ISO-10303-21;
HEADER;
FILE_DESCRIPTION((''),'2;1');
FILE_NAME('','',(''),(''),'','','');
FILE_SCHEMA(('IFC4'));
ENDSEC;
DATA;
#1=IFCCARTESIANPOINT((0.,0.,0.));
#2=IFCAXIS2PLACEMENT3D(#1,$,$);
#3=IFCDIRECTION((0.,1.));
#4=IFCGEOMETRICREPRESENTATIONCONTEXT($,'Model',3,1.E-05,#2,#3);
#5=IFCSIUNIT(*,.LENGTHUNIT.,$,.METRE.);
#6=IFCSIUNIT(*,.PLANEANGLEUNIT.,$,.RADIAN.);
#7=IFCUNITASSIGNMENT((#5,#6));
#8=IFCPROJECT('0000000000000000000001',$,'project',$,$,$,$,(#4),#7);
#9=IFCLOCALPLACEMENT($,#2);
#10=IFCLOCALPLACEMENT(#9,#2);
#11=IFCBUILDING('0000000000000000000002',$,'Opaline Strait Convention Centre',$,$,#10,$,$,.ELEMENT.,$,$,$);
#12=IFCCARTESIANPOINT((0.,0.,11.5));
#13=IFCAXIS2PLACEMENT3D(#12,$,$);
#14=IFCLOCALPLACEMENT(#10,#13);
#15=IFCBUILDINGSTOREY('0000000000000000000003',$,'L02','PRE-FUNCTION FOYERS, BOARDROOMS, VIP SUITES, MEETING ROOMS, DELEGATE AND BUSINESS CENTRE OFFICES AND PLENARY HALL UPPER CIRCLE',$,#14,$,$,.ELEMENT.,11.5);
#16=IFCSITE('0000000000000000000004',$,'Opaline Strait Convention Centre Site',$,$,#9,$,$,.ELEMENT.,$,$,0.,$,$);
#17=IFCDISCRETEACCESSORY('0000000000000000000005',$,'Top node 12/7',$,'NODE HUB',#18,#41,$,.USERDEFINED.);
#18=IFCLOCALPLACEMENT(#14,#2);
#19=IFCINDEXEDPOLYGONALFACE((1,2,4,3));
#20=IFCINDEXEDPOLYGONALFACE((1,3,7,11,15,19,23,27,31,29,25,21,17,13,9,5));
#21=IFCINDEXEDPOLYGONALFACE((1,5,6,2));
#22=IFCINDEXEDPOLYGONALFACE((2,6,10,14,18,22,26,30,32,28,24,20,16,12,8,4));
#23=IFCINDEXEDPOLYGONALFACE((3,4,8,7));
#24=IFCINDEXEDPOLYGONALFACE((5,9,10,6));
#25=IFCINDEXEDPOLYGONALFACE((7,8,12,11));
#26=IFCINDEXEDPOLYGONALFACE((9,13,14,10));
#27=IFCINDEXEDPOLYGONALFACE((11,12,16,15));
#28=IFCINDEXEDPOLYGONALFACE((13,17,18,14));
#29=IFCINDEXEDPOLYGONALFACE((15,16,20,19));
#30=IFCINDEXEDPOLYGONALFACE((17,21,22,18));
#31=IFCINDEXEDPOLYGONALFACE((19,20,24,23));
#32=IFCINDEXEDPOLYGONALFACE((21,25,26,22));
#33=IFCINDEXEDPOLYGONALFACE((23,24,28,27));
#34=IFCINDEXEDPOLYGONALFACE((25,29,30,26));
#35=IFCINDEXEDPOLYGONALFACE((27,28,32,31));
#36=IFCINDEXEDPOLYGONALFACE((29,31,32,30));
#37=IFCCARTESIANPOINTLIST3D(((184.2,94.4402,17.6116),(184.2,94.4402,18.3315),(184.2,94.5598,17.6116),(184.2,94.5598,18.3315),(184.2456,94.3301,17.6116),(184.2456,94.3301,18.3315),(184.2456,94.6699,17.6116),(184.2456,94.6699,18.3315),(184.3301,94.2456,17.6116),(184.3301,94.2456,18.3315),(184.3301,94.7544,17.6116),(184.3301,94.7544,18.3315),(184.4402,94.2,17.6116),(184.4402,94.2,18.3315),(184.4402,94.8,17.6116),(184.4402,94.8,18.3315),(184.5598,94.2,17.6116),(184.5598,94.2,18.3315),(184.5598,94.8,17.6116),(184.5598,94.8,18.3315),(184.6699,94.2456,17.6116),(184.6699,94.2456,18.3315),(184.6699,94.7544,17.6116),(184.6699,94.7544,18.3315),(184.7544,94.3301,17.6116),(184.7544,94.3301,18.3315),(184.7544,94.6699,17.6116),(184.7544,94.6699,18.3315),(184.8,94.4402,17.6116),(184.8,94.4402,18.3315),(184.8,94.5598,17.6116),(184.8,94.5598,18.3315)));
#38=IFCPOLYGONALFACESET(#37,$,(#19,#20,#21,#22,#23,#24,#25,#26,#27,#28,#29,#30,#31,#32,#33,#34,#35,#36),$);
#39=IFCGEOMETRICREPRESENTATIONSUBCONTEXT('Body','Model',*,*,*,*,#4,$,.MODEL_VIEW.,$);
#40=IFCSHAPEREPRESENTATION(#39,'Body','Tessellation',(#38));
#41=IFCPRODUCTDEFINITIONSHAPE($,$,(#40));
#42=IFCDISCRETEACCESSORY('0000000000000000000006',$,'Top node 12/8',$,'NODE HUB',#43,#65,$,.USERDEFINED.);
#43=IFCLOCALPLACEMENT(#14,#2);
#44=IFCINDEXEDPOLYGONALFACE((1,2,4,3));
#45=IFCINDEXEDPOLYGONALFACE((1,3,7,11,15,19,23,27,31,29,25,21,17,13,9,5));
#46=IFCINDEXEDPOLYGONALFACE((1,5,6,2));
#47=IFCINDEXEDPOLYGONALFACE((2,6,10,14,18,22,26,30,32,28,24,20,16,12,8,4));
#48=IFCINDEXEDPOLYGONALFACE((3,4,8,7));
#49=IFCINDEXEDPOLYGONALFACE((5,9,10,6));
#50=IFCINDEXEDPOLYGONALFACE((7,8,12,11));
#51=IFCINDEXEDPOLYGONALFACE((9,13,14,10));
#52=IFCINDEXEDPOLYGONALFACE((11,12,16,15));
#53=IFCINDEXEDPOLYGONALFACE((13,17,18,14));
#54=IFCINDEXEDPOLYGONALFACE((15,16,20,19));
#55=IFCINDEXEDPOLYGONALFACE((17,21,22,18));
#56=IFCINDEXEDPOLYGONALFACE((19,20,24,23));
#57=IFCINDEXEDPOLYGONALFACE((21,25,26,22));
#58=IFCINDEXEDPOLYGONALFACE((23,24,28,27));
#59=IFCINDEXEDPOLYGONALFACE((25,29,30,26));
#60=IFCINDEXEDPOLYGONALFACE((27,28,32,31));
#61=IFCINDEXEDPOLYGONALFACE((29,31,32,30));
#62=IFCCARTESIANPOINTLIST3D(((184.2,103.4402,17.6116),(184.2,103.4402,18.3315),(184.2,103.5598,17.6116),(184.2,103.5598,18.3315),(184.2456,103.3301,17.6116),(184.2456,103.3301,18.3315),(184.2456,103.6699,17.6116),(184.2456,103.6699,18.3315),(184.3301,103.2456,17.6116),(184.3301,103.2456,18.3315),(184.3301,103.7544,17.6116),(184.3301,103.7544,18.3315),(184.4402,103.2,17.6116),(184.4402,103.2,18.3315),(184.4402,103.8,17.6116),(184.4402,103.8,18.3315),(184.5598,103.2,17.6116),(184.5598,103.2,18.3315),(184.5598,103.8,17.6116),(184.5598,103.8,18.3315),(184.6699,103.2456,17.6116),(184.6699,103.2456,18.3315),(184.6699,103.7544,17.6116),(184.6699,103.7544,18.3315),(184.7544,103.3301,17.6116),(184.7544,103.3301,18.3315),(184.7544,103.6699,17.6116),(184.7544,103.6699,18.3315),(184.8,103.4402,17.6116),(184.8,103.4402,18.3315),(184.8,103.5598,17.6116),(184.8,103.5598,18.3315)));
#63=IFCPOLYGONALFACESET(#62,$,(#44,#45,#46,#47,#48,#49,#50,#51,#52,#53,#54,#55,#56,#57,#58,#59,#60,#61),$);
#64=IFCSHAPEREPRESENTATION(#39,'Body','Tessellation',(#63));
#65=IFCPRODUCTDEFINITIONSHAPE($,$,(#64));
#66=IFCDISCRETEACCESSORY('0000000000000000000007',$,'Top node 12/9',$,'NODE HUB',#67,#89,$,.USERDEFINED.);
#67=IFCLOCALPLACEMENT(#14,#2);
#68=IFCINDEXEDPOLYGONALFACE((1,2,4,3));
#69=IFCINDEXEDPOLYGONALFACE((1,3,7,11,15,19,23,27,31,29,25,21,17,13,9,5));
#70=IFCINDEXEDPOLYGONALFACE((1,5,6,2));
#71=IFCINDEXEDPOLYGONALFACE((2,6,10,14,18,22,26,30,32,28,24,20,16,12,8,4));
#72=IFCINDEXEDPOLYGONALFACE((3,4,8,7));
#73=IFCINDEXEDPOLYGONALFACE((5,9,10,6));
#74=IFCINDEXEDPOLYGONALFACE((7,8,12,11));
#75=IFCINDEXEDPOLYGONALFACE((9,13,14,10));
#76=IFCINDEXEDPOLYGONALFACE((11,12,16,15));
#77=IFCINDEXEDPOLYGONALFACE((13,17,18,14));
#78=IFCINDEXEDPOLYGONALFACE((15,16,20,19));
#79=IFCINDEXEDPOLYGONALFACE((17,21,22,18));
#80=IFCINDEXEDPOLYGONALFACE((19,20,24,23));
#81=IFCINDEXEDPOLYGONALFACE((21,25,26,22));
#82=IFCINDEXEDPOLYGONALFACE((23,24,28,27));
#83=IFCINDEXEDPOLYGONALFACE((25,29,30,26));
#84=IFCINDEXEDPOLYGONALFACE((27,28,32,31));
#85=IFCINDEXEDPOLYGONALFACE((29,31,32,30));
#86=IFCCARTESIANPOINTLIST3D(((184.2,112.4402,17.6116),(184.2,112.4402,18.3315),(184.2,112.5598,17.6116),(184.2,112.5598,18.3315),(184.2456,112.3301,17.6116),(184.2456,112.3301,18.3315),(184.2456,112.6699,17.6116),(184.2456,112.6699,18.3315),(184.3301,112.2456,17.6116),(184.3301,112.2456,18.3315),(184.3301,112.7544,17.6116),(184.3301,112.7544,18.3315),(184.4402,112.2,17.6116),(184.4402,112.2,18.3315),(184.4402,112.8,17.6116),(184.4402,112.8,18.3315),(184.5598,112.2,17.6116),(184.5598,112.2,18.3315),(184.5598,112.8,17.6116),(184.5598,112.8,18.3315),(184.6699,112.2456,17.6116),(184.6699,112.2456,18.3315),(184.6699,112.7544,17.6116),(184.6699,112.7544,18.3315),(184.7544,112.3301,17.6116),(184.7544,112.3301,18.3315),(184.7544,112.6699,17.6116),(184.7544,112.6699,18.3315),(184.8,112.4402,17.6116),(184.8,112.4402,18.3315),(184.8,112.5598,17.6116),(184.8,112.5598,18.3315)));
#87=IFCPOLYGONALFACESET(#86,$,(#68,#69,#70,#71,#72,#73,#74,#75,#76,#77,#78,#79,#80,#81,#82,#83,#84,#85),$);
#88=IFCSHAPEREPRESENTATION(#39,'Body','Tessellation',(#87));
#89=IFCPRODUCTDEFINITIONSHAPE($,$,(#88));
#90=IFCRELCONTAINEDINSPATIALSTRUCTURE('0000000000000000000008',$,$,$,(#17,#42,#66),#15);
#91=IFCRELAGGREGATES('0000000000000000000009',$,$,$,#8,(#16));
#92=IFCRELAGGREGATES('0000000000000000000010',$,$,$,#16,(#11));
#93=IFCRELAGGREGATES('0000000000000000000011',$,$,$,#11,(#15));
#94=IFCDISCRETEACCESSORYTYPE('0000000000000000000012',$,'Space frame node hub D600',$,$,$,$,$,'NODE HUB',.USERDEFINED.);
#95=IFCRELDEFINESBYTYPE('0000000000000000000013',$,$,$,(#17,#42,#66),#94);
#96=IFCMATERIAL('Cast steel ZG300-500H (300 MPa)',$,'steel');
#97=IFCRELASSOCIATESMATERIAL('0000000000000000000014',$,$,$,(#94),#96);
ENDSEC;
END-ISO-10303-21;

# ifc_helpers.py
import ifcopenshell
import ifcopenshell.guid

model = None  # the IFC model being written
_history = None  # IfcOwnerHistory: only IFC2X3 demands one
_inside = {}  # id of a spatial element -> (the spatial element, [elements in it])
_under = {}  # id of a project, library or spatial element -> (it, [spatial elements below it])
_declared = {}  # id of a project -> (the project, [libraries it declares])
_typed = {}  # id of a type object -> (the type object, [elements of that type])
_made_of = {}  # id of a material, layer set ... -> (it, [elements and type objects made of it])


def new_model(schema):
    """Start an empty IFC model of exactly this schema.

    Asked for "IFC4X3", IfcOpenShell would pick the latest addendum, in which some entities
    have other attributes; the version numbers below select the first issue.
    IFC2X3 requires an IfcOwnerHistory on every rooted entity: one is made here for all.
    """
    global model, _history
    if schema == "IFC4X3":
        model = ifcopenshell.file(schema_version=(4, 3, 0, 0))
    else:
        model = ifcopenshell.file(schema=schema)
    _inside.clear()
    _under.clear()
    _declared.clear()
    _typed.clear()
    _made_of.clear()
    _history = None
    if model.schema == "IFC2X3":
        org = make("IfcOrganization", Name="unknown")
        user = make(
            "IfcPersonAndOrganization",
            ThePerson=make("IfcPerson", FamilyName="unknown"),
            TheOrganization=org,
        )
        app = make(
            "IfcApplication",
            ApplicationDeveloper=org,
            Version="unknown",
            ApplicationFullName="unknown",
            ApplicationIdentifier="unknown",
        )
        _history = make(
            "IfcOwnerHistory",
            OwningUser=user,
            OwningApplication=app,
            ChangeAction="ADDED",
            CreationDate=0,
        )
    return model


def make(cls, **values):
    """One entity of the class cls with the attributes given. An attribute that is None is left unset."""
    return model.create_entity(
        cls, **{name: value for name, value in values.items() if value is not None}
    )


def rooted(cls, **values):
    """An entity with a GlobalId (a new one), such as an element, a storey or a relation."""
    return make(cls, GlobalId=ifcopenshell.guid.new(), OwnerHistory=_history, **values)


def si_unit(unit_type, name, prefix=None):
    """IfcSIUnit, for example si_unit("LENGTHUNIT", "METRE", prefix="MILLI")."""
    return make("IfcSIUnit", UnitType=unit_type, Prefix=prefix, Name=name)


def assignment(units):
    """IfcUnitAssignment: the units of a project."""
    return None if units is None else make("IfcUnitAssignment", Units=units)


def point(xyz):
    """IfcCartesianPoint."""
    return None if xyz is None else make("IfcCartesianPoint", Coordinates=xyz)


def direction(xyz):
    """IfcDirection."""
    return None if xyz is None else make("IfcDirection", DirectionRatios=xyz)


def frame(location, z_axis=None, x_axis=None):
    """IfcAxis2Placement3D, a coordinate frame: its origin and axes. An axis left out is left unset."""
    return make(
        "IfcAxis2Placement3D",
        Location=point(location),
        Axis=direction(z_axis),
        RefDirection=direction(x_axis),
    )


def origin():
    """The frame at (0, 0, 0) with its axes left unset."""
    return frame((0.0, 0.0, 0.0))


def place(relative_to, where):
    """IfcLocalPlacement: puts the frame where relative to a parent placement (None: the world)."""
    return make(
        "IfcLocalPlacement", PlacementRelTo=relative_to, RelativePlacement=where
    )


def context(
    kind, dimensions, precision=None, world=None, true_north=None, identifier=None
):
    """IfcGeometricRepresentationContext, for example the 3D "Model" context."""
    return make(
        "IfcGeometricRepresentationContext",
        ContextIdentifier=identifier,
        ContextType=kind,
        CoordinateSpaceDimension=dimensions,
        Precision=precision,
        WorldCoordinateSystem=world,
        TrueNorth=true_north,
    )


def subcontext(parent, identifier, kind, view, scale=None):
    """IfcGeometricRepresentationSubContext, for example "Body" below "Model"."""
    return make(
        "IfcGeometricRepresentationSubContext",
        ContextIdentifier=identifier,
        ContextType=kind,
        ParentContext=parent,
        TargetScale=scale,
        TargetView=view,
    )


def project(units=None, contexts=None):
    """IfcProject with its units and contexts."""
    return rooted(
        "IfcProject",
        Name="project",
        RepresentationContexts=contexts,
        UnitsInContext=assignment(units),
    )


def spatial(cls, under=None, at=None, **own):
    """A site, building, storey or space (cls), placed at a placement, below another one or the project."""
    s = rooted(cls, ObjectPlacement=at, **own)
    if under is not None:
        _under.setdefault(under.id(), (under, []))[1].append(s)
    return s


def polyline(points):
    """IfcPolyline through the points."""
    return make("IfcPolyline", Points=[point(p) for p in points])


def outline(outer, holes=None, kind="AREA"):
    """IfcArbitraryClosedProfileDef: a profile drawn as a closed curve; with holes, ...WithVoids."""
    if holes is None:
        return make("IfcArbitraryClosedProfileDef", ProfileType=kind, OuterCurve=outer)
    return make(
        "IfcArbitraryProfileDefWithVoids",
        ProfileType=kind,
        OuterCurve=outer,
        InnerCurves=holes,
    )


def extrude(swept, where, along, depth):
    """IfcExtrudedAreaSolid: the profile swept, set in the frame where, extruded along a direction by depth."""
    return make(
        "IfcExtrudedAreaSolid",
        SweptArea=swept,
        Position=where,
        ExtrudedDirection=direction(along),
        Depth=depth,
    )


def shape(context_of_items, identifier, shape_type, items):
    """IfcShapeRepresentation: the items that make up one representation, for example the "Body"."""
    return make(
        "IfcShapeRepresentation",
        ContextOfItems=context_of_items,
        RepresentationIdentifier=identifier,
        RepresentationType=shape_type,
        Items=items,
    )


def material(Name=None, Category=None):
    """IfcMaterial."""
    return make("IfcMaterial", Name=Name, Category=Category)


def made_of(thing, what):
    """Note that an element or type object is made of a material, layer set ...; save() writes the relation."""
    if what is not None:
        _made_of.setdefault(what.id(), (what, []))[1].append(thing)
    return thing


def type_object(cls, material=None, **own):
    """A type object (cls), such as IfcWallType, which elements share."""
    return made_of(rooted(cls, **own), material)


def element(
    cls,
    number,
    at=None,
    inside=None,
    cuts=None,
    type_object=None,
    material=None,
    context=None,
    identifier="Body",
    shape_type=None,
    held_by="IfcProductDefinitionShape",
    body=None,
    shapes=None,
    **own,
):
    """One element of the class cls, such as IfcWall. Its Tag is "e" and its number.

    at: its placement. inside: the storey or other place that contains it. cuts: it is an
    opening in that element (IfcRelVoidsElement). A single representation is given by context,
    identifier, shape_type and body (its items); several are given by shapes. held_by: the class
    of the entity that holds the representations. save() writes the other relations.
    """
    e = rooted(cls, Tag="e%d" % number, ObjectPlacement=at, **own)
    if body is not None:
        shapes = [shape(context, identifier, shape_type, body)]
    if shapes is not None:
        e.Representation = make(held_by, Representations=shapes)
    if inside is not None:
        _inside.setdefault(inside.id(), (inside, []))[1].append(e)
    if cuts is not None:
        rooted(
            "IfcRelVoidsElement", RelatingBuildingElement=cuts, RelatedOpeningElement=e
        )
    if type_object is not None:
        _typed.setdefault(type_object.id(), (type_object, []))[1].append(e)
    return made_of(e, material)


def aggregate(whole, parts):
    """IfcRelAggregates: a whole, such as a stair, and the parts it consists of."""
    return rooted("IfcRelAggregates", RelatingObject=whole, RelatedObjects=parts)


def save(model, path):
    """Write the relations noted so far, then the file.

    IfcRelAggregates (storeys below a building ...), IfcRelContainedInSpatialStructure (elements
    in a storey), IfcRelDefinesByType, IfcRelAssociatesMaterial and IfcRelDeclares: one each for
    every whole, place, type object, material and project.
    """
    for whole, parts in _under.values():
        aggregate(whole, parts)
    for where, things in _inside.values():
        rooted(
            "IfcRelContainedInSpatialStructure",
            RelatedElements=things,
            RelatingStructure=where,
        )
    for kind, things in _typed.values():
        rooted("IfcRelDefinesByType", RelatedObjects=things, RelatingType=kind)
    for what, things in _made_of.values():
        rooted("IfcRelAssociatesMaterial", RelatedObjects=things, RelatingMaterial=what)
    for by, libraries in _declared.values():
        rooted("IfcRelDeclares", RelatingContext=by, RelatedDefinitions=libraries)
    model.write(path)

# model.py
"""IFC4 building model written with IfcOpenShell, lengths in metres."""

from ifc_helpers import new_model, si_unit, direction, frame, origin, place, context, subcontext, project, spatial, polyline, outline, extrude, material, type_object, element, save


model = new_model("IFC4")

# Units and contexts
model_context = context("Model", 3, precision=1e-05, world=origin(), true_north=direction((0.0, 1.0)))
body_context = subcontext(model_context, "Body", "Model", "MODEL_VIEW")
ifc_project = project(units=[si_unit("LENGTHUNIT", "METRE"), si_unit("PLANEANGLEUNIT", "RADIAN")], contexts=[model_context])

# Site, building, storey
site_placement = place(None, origin())
site = spatial("IfcSite", under=ifc_project, at=site_placement, Name="Opaline Strait Convention Centre Site", CompositionType="ELEMENT", RefElevation=0.0)
building_placement = place(site_placement, origin())
building = spatial("IfcBuilding", under=site, at=building_placement, Name="Opaline Strait Convention Centre", CompositionType="ELEMENT")
storey_placement = place(building_placement, frame((0.0, 0.0, 11.5)))
storey = spatial("IfcBuildingStorey", under=building, at=storey_placement, Name="L02", Description="PRE-FUNCTION FOYERS, BOARDROOMS, VIP SUITES, MEETING ROOMS, DELEGATE AND BUSINESS CENTRE OFFICES AND PLENARY HALL UPPER CIRCLE", CompositionType="ELEMENT", Elevation=11.5)

# Discrete accessories
ifc_material = material(Name="Cast steel ZG300-500H (300 MPa)", Category="steel")
discrete_accessory_type = type_object("IfcDiscreteAccessoryType", Name="Space frame node hub D600", ElementType="NODE HUB", PredefinedType="USERDEFINED", material=ifc_material)
discrete_accessory_1_placement = place(storey_placement, frame((0.0, 0.0, 17.6116)))
element("IfcDiscreteAccessory", 1, at=discrete_accessory_1_placement, inside=storey, type_object=discrete_accessory_type, Name="Top node 12/7", ObjectType="NODE HUB", PredefinedType="USERDEFINED", context=body_context, shape_type="SweptSolid", body=[
    extrude(outline(polyline([(184.8, 94.5598), (184.7544, 94.6699), (184.6699, 94.7544), (184.5598, 94.8), (184.4402, 94.8), (184.3301, 94.7544), (184.2456, 94.6699), (184.2, 94.5598), (184.2, 94.4402), (184.2456, 94.3301), (184.3301, 94.2456), (184.4402, 94.2), (184.5598, 94.2), (184.6699, 94.2456), (184.7544, 94.3301), (184.8, 94.4402), (184.8, 94.5598)])), origin(), (0.0, 0.0, 1.0), 0.72),
])
discrete_accessory_2_placement = place(storey_placement, frame((0.0, 0.0, 17.6116)))
element("IfcDiscreteAccessory", 2, at=discrete_accessory_2_placement, inside=storey, type_object=discrete_accessory_type, Name="Top node 12/8", ObjectType="NODE HUB", PredefinedType="USERDEFINED", context=body_context, shape_type="SweptSolid", body=[
    extrude(outline(polyline([(184.8, 103.5598), (184.7544, 103.6699), (184.6699, 103.7544), (184.5598, 103.8), (184.4402, 103.8), (184.3301, 103.7544), (184.2456, 103.6699), (184.2, 103.5598), (184.2, 103.4402), (184.2456, 103.3301), (184.3301, 103.2456), (184.4402, 103.2), (184.5598, 103.2), (184.6699, 103.2456), (184.7544, 103.3301), (184.8, 103.4402), (184.8, 103.5598)])), origin(), (0.0, 0.0, 1.0), 0.72),
])
discrete_accessory_3_placement = place(storey_placement, frame((0.0, 0.0, 17.6116)))
element("IfcDiscreteAccessory", 3, at=discrete_accessory_3_placement, inside=storey, type_object=discrete_accessory_type, Name="Top node 12/9", ObjectType="NODE HUB", PredefinedType="USERDEFINED", context=body_context, shape_type="SweptSolid", body=[
    extrude(outline(polyline([(184.8, 112.5598), (184.7544, 112.6699), (184.6699, 112.7544), (184.5598, 112.8), (184.4402, 112.8), (184.3301, 112.7544), (184.2456, 112.6699), (184.2, 112.5598), (184.2, 112.4402), (184.2456, 112.3301), (184.3301, 112.2456), (184.4402, 112.2), (184.5598, 112.2), (184.6699, 112.2456), (184.7544, 112.3301), (184.8, 112.4402), (184.8, 112.5598)])), origin(), (0.0, 0.0, 1.0), 0.72),
])

save(model, "model.ifc")
